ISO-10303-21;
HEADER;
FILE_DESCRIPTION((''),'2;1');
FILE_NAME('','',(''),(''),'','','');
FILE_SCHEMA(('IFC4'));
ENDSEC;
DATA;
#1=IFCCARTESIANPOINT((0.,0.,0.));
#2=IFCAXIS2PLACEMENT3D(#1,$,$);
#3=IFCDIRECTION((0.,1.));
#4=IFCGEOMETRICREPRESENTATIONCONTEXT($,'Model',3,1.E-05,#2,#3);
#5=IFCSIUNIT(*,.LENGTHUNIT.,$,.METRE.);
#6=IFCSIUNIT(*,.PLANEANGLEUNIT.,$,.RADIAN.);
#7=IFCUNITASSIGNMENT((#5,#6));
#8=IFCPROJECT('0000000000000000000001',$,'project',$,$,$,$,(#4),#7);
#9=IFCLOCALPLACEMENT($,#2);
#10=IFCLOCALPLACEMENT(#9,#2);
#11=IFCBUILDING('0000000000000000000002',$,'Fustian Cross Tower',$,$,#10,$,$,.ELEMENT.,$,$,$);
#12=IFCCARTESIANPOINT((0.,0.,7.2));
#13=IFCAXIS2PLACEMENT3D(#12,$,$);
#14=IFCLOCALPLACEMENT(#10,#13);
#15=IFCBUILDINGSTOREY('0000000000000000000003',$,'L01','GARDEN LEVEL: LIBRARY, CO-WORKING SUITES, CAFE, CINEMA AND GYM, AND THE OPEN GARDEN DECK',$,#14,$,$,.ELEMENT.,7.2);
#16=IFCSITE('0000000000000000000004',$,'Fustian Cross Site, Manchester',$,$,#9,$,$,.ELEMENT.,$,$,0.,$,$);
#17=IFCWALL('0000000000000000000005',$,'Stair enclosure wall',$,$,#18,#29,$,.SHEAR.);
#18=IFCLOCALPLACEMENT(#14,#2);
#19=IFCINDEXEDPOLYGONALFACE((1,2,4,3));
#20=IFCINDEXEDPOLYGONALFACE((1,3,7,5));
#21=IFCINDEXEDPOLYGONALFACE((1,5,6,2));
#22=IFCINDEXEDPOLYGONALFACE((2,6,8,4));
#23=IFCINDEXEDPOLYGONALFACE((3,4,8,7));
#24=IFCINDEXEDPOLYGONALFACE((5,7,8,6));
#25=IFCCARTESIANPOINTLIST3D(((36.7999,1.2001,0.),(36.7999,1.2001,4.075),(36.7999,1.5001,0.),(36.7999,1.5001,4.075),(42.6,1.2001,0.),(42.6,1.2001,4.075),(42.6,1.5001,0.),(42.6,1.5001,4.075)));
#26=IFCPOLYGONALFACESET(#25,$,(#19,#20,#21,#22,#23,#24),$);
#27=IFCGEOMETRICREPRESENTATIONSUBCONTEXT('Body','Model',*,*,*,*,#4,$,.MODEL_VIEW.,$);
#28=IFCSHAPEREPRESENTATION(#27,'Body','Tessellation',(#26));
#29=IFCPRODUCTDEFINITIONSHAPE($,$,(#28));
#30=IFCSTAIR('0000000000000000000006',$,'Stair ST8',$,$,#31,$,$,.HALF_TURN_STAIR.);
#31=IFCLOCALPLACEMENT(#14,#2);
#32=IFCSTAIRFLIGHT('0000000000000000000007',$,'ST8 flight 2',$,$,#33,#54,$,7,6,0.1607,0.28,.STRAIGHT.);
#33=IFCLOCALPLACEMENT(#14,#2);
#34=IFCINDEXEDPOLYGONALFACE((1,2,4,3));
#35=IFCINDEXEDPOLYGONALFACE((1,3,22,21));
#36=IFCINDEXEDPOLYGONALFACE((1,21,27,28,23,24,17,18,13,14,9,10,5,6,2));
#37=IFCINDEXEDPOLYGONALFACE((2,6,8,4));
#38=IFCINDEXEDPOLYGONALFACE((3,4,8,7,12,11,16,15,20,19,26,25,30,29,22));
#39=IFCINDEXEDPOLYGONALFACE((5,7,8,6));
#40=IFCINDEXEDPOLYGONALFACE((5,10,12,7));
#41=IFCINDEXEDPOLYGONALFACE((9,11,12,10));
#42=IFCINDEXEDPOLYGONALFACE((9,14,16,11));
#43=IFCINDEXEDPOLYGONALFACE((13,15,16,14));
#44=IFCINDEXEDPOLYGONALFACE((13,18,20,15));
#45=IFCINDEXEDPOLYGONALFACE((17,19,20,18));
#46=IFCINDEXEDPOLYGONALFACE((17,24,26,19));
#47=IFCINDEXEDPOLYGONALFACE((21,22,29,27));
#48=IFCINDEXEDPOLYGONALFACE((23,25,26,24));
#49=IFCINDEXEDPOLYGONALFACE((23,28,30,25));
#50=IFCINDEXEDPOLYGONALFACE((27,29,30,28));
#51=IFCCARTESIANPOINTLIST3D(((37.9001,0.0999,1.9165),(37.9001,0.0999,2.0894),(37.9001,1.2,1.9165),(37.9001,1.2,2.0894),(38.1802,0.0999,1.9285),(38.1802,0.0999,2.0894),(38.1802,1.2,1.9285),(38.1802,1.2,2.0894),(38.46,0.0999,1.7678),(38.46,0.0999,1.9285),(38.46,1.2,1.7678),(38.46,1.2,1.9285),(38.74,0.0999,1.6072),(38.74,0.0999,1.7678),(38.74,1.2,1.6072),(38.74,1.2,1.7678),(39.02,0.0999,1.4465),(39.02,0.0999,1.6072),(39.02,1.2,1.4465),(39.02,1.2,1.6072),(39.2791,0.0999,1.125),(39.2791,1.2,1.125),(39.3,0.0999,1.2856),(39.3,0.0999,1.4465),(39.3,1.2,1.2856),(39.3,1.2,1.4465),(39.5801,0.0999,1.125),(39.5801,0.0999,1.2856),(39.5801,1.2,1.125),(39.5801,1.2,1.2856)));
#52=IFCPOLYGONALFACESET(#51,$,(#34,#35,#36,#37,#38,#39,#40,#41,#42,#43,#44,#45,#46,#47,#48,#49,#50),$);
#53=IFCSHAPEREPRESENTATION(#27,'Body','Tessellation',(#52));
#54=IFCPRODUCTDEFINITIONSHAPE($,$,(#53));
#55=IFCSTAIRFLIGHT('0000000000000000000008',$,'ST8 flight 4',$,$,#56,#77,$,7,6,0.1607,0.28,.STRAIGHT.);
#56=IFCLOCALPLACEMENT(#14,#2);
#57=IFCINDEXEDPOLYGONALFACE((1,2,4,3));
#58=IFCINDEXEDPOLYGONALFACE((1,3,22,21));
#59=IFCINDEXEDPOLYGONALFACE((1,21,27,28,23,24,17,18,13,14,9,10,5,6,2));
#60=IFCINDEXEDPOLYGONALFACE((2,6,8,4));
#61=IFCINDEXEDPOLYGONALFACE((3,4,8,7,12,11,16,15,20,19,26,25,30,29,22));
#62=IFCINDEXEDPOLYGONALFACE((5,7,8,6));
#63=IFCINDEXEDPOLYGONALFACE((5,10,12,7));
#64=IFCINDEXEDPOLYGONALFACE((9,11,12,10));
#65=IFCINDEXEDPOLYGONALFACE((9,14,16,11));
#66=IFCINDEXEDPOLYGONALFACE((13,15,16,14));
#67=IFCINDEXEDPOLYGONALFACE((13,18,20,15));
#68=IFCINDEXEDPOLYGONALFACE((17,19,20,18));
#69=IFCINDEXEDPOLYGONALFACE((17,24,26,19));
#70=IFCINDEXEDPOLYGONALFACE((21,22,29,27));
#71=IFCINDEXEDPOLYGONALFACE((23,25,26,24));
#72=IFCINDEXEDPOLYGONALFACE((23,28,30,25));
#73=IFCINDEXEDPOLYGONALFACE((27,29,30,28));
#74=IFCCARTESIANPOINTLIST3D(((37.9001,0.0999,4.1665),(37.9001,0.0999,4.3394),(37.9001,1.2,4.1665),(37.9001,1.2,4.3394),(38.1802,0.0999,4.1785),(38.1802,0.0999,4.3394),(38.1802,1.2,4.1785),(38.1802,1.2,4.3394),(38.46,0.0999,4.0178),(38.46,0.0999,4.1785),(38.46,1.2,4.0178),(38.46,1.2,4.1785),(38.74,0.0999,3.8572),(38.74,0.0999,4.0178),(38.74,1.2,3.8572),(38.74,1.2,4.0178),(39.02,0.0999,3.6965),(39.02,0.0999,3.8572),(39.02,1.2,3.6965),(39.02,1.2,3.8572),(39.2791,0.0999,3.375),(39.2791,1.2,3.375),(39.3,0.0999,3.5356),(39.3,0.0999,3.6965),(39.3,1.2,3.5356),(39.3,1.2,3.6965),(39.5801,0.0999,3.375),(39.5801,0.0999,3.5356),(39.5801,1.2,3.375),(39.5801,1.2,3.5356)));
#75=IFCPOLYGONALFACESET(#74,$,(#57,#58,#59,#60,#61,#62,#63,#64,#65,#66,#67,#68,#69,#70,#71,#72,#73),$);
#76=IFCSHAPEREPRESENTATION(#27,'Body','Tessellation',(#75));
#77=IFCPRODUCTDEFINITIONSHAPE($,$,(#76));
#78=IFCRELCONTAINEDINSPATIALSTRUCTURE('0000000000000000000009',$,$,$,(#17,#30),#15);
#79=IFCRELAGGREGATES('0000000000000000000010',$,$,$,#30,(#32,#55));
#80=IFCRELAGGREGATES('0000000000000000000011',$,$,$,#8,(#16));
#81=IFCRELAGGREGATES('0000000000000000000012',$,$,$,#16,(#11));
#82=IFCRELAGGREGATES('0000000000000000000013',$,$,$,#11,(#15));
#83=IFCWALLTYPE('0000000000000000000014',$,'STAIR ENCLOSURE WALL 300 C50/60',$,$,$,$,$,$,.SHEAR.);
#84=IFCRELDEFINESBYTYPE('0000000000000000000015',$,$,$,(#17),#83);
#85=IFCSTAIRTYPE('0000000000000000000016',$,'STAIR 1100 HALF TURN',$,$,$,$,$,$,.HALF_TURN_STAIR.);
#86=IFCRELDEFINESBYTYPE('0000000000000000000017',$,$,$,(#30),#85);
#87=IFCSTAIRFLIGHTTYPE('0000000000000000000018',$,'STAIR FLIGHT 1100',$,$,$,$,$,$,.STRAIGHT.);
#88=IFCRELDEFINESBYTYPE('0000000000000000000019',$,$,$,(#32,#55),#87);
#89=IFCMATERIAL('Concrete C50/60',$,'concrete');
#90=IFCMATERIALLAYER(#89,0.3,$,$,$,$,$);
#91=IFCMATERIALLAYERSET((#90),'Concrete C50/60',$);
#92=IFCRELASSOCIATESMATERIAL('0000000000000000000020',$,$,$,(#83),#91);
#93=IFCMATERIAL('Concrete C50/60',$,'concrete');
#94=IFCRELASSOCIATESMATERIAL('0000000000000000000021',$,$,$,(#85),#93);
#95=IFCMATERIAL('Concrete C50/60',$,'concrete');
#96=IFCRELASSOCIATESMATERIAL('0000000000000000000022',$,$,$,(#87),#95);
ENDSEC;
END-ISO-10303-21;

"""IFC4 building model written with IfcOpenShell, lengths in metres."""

from ifc_helpers import new_model, si_unit, direction, frame, frame_2d, origin, place, context, subcontext, project, spatial, polyline, rectangle, outline, extrude, material, layer, layer_set, type_object, element, aggregate, save


model = new_model("IFC4")

# Units and contexts
model_context = context("Model", 3, precision=1e-05, world=origin(), true_north=direction((0.0, 1.0)))
body_context = subcontext(model_context, "Body", "Model", "MODEL_VIEW")
ifc_project = project(units=[si_unit("LENGTHUNIT", "METRE"), si_unit("PLANEANGLEUNIT", "RADIAN")], contexts=[model_context])

# Site, building, storey
site_placement = place(None, origin())
site = spatial("IfcSite", under=ifc_project, at=site_placement, Name="Fustian Cross Site, Manchester", CompositionType="ELEMENT", RefElevation=0.0)
building_placement = place(site_placement, origin())
building = spatial("IfcBuilding", under=site, at=building_placement, Name="Fustian Cross Tower", CompositionType="ELEMENT")
storey_placement = place(building_placement, frame((0.0, 0.0, 7.2)))
storey = spatial("IfcBuildingStorey", under=building, at=storey_placement, Name="L01", Description="GARDEN LEVEL: LIBRARY, CO-WORKING SUITES, CAFE, CINEMA AND GYM, AND THE OPEN GARDEN DECK", CompositionType="ELEMENT", Elevation=7.2)

# Wall
ifc_material_1 = material(Name="Concrete C50/60", Category="concrete")
ifc_layer_1 = layer(ifc_material_1, 0.3)
ifc_layer_set_1 = layer_set([ifc_layer_1], Name="Concrete C50/60")
wall_type_1 = type_object("IfcWallType", Name="STAIR ENCLOSURE WALL 300 C50/60", PredefinedType="SHEAR", material=ifc_layer_set_1)
wall_1_placement = place(storey_placement, frame((36.8, 1.3501, 0.0), z_axis=(0.0, 0.0, 1.0), x_axis=(1.0, 0.0, 0.0)))
element("IfcWall", 1, at=wall_1_placement, inside=storey, type_object=wall_type_1, Name="Stair enclosure wall", PredefinedType="SHEAR", context=body_context, shape_type="SweptSolid", body=[
    extrude(rectangle(XDim=5.8, YDim=0.3, at=frame_2d((2.8999, 0.0))), origin(), (0.0, 0.0, 1.0), 4.075),
])

# Stair, stair flights
ifc_material_2 = material(Name="Concrete C50/60", Category="concrete")
stair_type = type_object("IfcStairType", Name="STAIR 1100 HALF TURN", PredefinedType="HALF_TURN_STAIR", material=ifc_material_2)
stair_placement = place(storey_placement, origin())
stair = element("IfcStair", 2, at=stair_placement, inside=storey, type_object=stair_type, Name="Stair ST8", PredefinedType="HALF_TURN_STAIR")
ifc_material_3 = material(Name="Concrete C50/60", Category="concrete")
stair_flight_type = type_object("IfcStairFlightType", Name="STAIR FLIGHT 1100", PredefinedType="STRAIGHT", material=ifc_material_3)
stair_flight_1_placement = place(storey_placement, frame((39.5801, 0.6499, 1.125), z_axis=(0.0, 0.0, 1.0), x_axis=(-1.0, 0.0, 0.0)))
stair_flight_1 = element("IfcStairFlight", 3, at=stair_flight_1_placement, type_object=stair_flight_type, Name="ST8 flight 2", NumberOfRisers=7, NumberOfTreads=6, PredefinedType="STRAIGHT", RiserHeight=0.1607, TreadLength=0.28, context=body_context, shape_type="SweptSolid", body=[
    extrude(outline(polyline([(0.0, 0.0), (0.0, 0.1606), (0.28, 0.1606), (0.28, 0.3215), (0.5601, 0.3215), (0.5601, 0.4822), (0.8401, 0.4822), (0.8401, 0.6428), (1.1201, 0.6428), (1.1201, 0.8035), (1.3999, 0.8035), (1.3999, 0.9644), (1.6799, 0.9644), (1.6799, 1.125), (1.6799, 0.7915), (0.301, 0.0), (0.0, 0.0)])), frame((0.0, 0.55, 0.0), z_axis=(0.0, -1.0, 0.0), x_axis=(1.0, 0.0, 0.0)), (0.0, 0.0, 1.0), 1.1001),
])
stair_flight_2_placement = place(storey_placement, frame((39.5801, 0.6499, 3.375), z_axis=(0.0, 0.0, 1.0), x_axis=(-1.0, 0.0, 0.0)))
stair_flight_2 = element("IfcStairFlight", 4, at=stair_flight_2_placement, type_object=stair_flight_type, Name="ST8 flight 4", NumberOfRisers=7, NumberOfTreads=6, PredefinedType="STRAIGHT", RiserHeight=0.1607, TreadLength=0.28, context=body_context, shape_type="SweptSolid", body=[
    extrude(outline(polyline([(0.0, 0.0), (0.0, 0.1606), (0.28, 0.1606), (0.28, 0.3215), (0.5601, 0.3215), (0.5601, 0.4822), (0.8401, 0.4822), (0.8401, 0.6428), (1.1201, 0.6428), (1.1201, 0.8035), (1.3999, 0.8035), (1.3999, 0.9644), (1.6799, 0.9644), (1.6799, 1.125), (1.6799, 0.7915), (0.301, 0.0), (0.0, 0.0)])), frame((0.0, 0.55, 0.0), z_axis=(0.0, -1.0, 0.0), x_axis=(1.0, 0.0, 0.0)), (0.0, 0.0, 1.0), 1.1001),
])
aggregate(stair, [stair_flight_1, stair_flight_2])

save(model, "model.ifc")
